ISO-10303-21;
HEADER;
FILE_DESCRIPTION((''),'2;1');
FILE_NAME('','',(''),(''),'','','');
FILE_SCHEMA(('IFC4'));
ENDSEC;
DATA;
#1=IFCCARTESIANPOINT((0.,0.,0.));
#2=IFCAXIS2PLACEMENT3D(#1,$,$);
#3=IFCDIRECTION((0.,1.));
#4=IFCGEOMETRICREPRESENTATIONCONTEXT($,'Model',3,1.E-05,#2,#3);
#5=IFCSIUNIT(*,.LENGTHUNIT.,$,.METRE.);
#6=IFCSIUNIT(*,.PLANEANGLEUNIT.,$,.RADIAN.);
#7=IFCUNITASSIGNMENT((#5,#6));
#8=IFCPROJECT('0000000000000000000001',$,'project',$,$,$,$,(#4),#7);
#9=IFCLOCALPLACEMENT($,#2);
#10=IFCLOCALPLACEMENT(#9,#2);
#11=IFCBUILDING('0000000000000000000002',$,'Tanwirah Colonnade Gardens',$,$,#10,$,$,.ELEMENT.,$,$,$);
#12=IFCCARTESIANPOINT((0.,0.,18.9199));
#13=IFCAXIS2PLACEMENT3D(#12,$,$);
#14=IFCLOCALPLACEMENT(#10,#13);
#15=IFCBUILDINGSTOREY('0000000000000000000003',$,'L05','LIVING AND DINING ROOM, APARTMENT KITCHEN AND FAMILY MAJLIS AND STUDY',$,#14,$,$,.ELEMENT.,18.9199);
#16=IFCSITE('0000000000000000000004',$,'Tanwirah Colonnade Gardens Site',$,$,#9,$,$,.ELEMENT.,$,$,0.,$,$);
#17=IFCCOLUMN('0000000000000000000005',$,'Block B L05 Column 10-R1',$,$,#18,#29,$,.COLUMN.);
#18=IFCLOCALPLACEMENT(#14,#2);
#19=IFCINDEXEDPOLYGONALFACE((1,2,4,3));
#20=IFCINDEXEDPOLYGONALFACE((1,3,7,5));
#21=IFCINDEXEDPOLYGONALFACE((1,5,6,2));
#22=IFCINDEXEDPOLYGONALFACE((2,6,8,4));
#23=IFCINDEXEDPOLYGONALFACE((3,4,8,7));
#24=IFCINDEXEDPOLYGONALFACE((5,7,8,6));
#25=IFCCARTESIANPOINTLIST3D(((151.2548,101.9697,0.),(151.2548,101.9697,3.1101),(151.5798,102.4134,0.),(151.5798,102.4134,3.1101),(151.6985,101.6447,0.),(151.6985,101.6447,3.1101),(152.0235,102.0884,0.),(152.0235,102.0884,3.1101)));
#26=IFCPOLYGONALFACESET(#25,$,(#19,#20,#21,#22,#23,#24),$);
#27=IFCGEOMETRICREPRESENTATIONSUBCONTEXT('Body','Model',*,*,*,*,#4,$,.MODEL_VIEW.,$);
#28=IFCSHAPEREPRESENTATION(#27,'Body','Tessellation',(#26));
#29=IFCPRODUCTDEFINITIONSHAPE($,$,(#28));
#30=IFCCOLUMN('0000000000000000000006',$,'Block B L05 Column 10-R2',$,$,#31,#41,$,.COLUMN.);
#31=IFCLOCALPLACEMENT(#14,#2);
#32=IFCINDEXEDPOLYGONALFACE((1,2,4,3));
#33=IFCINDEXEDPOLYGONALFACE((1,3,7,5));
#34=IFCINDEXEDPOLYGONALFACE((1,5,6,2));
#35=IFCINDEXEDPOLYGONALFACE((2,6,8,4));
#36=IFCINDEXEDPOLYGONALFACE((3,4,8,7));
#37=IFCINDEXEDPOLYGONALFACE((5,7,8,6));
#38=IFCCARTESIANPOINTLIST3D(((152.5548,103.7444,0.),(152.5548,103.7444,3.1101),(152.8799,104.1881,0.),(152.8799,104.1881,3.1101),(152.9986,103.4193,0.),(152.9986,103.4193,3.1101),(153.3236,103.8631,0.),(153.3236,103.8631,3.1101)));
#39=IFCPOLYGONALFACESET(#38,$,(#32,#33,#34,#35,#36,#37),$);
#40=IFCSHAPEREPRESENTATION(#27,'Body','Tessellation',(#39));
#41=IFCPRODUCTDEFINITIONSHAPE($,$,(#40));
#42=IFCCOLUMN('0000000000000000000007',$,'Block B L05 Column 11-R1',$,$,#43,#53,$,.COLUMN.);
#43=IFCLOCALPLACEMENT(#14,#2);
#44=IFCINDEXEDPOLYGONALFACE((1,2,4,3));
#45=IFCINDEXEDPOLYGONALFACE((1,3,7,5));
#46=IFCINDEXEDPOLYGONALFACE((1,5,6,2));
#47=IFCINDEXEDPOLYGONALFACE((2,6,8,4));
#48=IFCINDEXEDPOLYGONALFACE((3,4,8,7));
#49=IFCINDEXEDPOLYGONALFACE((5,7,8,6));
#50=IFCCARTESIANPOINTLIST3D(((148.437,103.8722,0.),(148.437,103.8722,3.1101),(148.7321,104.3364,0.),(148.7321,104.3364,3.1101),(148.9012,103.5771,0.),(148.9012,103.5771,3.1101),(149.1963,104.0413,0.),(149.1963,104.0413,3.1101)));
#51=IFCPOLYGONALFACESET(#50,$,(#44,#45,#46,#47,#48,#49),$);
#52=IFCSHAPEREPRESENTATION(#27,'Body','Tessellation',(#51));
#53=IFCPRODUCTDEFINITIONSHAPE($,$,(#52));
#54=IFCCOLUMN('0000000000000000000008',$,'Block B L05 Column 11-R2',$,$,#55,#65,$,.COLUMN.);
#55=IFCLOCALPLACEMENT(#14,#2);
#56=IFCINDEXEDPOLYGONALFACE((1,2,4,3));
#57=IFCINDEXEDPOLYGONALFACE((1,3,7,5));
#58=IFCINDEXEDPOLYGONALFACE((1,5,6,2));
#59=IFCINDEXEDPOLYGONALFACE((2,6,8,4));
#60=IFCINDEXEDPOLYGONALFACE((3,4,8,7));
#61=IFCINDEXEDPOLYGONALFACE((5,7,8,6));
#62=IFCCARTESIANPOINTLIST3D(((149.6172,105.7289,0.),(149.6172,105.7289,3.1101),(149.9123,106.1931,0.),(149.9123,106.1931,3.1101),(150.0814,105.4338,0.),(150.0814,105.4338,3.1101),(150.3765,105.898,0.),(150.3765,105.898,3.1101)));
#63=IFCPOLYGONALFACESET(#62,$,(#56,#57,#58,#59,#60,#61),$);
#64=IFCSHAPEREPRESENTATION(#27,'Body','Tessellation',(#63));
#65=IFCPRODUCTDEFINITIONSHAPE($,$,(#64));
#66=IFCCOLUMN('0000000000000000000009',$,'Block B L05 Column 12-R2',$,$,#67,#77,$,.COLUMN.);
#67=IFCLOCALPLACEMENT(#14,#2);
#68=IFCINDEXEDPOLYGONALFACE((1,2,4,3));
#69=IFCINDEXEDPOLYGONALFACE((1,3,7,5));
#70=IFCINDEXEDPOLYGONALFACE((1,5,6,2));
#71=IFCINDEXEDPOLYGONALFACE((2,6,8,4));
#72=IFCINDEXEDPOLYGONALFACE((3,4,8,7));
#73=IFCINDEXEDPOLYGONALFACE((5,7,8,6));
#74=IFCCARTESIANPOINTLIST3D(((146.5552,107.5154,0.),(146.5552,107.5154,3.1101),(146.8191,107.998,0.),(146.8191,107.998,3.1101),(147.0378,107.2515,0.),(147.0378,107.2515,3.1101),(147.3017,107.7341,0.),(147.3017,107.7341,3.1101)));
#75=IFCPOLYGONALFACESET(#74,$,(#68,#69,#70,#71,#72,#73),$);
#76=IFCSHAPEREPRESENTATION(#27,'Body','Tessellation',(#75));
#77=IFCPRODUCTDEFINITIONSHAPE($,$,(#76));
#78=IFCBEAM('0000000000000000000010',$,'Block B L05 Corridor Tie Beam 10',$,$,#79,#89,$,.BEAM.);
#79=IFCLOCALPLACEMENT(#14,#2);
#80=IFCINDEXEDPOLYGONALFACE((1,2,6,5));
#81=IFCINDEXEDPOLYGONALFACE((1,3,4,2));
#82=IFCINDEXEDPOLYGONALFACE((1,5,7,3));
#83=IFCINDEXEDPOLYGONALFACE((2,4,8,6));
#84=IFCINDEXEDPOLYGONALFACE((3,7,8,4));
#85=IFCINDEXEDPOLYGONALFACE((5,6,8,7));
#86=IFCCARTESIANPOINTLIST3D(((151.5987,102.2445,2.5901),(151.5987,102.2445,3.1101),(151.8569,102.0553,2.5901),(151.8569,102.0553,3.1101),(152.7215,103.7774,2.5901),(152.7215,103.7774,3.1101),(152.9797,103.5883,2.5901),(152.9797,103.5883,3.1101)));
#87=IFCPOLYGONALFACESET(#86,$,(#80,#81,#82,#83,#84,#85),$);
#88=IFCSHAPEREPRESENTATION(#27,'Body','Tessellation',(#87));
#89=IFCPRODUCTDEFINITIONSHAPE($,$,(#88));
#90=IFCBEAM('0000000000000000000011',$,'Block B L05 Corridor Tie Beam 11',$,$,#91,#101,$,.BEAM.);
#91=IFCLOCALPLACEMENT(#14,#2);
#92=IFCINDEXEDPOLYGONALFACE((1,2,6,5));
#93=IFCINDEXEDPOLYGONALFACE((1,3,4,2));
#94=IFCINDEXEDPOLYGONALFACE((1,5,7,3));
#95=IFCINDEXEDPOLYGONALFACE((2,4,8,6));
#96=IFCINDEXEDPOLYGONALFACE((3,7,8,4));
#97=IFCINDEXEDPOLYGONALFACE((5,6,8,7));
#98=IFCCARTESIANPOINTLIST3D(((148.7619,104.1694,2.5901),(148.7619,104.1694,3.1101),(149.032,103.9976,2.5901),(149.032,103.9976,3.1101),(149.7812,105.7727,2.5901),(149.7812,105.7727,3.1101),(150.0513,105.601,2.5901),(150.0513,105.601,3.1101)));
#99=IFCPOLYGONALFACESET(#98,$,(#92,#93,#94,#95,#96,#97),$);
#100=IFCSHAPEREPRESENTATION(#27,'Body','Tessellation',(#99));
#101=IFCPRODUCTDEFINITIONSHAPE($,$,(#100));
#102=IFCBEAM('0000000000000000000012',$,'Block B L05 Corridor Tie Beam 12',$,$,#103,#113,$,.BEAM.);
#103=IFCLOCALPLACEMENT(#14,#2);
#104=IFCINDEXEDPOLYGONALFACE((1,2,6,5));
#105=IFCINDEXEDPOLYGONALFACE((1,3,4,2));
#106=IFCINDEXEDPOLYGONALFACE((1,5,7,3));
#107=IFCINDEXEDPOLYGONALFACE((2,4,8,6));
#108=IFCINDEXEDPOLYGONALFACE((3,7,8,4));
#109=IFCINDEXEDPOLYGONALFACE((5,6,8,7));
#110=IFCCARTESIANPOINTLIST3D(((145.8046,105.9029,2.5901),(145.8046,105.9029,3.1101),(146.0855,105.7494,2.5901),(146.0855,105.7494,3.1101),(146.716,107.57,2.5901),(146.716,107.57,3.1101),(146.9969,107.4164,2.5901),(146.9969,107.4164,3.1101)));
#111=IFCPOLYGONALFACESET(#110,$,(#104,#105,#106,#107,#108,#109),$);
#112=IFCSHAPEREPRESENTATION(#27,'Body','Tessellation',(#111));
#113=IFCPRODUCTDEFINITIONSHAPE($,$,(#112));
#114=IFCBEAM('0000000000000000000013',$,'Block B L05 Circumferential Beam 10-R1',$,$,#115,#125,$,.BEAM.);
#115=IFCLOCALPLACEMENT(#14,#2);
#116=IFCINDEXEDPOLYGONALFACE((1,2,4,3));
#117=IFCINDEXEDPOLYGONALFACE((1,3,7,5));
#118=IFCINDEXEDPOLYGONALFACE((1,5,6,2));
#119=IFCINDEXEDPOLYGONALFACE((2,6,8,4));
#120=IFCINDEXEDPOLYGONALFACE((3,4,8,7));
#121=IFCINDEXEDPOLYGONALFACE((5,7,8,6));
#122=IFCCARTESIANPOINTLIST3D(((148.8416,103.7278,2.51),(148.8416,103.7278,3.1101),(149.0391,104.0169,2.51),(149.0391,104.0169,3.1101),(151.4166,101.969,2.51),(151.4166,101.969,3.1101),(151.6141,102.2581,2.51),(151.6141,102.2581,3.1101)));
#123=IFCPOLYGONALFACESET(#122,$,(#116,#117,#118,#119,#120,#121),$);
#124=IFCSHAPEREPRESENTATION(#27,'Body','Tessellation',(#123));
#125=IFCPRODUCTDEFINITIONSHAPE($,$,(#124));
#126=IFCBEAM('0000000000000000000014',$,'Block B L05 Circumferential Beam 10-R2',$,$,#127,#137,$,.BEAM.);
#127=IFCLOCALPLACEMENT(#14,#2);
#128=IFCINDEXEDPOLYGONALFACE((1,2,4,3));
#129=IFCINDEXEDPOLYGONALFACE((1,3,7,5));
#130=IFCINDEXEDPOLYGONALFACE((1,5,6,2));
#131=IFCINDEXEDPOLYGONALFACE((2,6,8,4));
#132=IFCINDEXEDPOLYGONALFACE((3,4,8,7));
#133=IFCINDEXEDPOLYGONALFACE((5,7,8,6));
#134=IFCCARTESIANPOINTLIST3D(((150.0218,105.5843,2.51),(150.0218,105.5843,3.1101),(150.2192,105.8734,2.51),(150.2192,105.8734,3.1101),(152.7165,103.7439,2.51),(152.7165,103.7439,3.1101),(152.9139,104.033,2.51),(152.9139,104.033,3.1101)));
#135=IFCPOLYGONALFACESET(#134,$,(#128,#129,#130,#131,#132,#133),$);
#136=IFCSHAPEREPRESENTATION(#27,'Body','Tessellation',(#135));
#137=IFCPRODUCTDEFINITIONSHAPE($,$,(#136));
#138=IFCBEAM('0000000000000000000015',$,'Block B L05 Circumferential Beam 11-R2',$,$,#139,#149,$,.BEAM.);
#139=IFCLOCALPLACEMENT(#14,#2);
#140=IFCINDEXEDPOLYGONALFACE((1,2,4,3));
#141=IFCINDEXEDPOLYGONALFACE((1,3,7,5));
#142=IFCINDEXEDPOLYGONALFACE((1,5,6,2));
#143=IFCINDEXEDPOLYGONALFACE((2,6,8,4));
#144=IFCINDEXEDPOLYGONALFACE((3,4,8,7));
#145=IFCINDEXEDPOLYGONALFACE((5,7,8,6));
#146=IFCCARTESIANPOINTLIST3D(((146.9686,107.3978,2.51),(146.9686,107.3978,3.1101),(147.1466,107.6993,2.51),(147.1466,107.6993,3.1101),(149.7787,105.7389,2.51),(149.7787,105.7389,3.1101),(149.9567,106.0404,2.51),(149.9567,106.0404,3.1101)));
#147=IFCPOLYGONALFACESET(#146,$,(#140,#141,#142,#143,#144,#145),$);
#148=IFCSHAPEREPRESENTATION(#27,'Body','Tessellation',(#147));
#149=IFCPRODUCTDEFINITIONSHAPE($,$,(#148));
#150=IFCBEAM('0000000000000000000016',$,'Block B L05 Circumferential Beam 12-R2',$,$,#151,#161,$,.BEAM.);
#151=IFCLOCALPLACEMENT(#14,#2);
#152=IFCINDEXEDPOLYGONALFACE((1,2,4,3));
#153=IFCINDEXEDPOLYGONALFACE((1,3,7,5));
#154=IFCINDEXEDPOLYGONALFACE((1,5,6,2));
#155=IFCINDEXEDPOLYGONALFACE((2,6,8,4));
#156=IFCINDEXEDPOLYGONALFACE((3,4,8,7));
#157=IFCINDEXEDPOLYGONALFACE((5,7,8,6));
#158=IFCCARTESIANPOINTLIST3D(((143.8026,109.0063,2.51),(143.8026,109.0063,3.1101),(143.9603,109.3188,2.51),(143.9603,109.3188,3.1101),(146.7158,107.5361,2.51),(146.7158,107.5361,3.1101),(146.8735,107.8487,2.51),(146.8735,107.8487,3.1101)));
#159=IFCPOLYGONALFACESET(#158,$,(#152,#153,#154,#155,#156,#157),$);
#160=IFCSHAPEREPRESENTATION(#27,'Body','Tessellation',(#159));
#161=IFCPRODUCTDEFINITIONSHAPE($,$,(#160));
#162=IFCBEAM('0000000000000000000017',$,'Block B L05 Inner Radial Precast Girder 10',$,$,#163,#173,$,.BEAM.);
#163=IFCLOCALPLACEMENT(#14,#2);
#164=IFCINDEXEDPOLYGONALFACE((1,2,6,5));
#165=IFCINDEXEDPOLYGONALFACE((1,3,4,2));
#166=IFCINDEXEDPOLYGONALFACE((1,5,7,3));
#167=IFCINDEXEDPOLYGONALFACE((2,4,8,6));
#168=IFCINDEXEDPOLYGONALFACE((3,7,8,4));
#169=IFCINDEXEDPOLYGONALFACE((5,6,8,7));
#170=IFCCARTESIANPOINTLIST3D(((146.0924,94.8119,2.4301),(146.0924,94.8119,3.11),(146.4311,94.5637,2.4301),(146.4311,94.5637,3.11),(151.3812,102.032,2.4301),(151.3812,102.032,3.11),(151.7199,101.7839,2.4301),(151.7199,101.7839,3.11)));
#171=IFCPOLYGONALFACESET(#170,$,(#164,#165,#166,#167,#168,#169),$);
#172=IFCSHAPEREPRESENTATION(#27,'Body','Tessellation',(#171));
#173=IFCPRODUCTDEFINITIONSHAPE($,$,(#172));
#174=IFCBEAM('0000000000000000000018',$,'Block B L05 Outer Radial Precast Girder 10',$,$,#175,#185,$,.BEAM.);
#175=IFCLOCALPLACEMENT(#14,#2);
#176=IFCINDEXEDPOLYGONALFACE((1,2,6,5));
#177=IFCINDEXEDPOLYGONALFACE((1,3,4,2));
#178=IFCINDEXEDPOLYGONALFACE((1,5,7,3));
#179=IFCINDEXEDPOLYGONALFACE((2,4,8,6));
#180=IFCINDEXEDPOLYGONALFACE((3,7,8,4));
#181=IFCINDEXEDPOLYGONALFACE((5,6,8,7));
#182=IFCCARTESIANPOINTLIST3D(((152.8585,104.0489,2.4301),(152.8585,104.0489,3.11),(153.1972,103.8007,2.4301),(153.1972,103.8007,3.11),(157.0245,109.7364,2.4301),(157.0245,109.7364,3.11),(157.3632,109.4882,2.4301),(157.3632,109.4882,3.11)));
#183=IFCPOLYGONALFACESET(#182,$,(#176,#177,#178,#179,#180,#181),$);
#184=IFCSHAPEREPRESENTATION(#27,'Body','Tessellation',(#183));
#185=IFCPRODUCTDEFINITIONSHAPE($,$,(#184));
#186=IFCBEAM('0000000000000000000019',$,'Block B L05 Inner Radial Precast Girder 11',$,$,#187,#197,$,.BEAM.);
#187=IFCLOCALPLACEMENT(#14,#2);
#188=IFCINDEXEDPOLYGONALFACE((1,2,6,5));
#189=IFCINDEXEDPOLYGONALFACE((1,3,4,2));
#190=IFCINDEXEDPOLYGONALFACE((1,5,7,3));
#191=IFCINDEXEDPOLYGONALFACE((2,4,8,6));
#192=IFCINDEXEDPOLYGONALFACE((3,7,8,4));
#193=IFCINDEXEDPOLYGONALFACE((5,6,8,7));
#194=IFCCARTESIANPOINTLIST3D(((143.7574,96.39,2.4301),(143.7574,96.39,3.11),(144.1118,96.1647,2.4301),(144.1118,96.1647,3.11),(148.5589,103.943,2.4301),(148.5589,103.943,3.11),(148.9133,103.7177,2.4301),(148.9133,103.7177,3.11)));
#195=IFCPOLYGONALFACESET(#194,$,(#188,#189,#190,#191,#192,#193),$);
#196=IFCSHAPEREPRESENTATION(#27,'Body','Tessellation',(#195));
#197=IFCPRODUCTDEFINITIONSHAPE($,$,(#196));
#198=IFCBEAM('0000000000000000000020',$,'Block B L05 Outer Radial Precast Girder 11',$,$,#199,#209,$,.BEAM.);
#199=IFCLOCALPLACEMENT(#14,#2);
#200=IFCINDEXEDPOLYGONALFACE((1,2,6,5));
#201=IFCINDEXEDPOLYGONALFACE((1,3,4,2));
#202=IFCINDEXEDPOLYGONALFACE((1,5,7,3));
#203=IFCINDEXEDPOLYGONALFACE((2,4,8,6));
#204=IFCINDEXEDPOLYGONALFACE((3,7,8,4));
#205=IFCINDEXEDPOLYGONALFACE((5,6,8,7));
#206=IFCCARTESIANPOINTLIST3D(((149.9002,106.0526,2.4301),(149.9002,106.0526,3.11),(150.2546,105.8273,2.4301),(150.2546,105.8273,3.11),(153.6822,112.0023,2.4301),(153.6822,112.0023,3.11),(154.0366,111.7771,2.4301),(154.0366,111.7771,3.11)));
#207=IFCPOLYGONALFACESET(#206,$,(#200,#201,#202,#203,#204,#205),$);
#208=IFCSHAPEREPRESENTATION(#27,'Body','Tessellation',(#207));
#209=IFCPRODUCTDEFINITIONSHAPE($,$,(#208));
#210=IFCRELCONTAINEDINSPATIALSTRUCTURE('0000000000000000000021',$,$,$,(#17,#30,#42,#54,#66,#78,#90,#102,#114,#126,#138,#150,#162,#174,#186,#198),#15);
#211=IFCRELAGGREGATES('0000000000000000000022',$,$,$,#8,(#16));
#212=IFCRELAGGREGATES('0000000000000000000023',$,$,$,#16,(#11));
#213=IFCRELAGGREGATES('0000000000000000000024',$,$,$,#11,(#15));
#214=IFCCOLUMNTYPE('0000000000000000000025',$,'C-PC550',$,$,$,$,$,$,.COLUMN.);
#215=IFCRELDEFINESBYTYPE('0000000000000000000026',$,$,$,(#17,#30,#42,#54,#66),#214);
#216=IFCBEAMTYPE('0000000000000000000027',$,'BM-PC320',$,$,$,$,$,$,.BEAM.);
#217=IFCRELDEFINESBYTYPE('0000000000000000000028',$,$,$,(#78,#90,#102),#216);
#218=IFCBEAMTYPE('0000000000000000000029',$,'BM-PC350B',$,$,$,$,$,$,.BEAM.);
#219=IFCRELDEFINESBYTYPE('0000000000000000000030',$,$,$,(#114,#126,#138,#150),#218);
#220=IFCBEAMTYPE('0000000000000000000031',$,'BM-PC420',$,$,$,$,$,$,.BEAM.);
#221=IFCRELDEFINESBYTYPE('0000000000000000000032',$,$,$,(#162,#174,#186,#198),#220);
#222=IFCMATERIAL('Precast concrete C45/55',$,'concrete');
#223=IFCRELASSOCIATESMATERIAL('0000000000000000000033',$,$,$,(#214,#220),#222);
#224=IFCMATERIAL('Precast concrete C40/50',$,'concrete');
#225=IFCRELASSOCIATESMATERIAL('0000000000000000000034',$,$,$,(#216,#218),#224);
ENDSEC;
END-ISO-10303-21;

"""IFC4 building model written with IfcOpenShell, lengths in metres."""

from ifc_helpers import new_model, si_unit, direction, frame, origin, origin_2d, place, context, subcontext, project, spatial, rectangle, extrude, material, material_profile, profile_set, type_object, element, save


model = new_model("IFC4")

# Units and contexts
model_context = context("Model", 3, precision=1e-05, world=origin(), true_north=direction((0.0, 1.0)))
body_context = subcontext(model_context, "Body", "Model", "MODEL_VIEW")
ifc_project = project(units=[si_unit("LENGTHUNIT", "METRE"), si_unit("PLANEANGLEUNIT", "RADIAN")], contexts=[model_context])

# Site, building, storey
site_placement = place(None, origin())
site = spatial("IfcSite", under=ifc_project, at=site_placement, Name="Tanwirah Colonnade Gardens Site", CompositionType="ELEMENT", RefElevation=0.0)
building_placement = place(site_placement, origin())
building = spatial("IfcBuilding", under=site, at=building_placement, Name="Tanwirah Colonnade Gardens", CompositionType="ELEMENT")
storey_placement = place(building_placement, frame((0.0, 0.0, 18.9199)))
storey = spatial("IfcBuildingStorey", under=building, at=storey_placement, Name="L05", Description="LIVING AND DINING ROOM, APARTMENT KITCHEN AND FAMILY MAJLIS AND STUDY", CompositionType="ELEMENT", Elevation=18.9199)

# Columns
ifc_material_1 = material(Name="Precast concrete C45/55", Category="concrete")
ifc_material_profile_1 = material_profile(ifc_material_1, rectangle(XDim=0.55, YDim=0.55, at=origin_2d()), Name="PC-COL 550x550")
ifc_profile_set_1 = profile_set([ifc_material_profile_1], Name="Precast concrete C45/55")
column_type = type_object("IfcColumnType", Name="C-PC550", PredefinedType="COLUMN", material=ifc_profile_set_1)
for number, where, z_axis, x_axis, name in (
    (1, (151.6392, 102.0291, 0.0), (0.0, 0.0, 1.0), (0.590919, 0.806731, 0.0), "Block B L05 Column 10-R1"),
    (2, (152.9392, 103.8037, 0.0), (0.0, 0.0, 1.0), (0.590919, 0.806731, 0.0), "Block B L05 Column 10-R2"),
    (3, (148.8167, 103.9568, 0.0), (0.0, 0.0, 1.0), (0.536482, 0.843912, 0.0), "Block B L05 Column 11-R1"),
    (4, (149.9968, 105.8135, 0.0), (0.0, 0.0, 1.0), (0.536482, 0.843912, 0.0), "Block B L05 Column 11-R2"),
    (5, (146.9285, 107.6248, 0.0), (0.0, 0.0, 1.0), (0.479713, 0.877425, 0.0), "Block B L05 Column 12-R2"),
):
    element("IfcColumn", number, at=place(storey_placement, frame(where, z_axis=z_axis, x_axis=x_axis)), inside=storey, type_object=column_type, Name=name, PredefinedType="COLUMN", context=body_context, shape_type="SweptSolid", body=[
        extrude(rectangle(XDim=0.55, YDim=0.55, at=origin_2d()), origin(), (0.0, 0.0, 1.0), 3.1101),
    ])

# Beams
ifc_material_2 = material(Name="Precast concrete C40/50", Category="concrete")
ifc_material_profile_2 = material_profile(ifc_material_2, rectangle(XDim=0.3201, YDim=0.52, at=origin_2d()), Name="PC-BM 320x520")
ifc_profile_set_2 = profile_set([ifc_material_profile_2], Name="Precast concrete C40/50")
beam_type_1 = type_object("IfcBeamType", Name="BM-PC320", PredefinedType="BEAM", material=ifc_profile_set_2)
beam_1_placement = place(storey_placement, frame((151.7278, 102.1499, 2.8501), z_axis=(0.590896, 0.806748, 0.0), x_axis=(-0.806748, 0.590896, 0.0)))
element("IfcBeam", 6, at=beam_1_placement, inside=storey, type_object=beam_type_1, Name="Block B L05 Corridor Tie Beam 10", PredefinedType="BEAM", context=body_context, shape_type="SweptSolid", body=[
    extrude(rectangle(XDim=0.3201, YDim=0.52, at=origin_2d()), origin(), (0.0, 0.0, 1.0), 1.9001),
])
for number, where, z_axis, x_axis, name in (
    (7, (148.897, 104.0835, 2.8501), (0.53651, 0.843894, 0.0), (-0.843894, 0.53651, 0.0), "Block B L05 Corridor Tie Beam 11"),
    (8, (145.9451, 105.8262, 2.8501), (0.479707, 0.877429, 0.0), (-0.877429, 0.479707, 0.0), "Block B L05 Corridor Tie Beam 12"),
):
    element("IfcBeam", number, at=place(storey_placement, frame(where, z_axis=z_axis, x_axis=x_axis)), inside=storey, type_object=beam_type_1, Name=name, PredefinedType="BEAM", context=body_context, shape_type="SweptSolid", body=[
        extrude(rectangle(XDim=0.3201, YDim=0.52, at=origin_2d()), origin(), (0.0, 0.0, 1.0), 1.8999),
    ])
ifc_material_profile_3 = material_profile(ifc_material_2, rectangle(XDim=0.3501, YDim=0.6001, at=origin_2d()), Name="PC-BM 350x600")
ifc_profile_set_3 = profile_set([ifc_material_profile_3], Name="Precast concrete C40/50")
beam_type_2 = type_object("IfcBeamType", Name="BM-PC350B", PredefinedType="BEAM", material=ifc_profile_set_3)
beam_2_placement = place(storey_placement, frame((151.5154, 102.1135, 2.8101), z_axis=(-0.825758, 0.564024, 0.0), x_axis=(-0.564024, -0.825758, 0.0)))
element("IfcBeam", 9, at=beam_2_placement, inside=storey, type_object=beam_type_2, Name="Block B L05 Circumferential Beam 10-R1", PredefinedType="BEAM", context=body_context, shape_type="SweptSolid", body=[
    extrude(rectangle(XDim=0.3501, YDim=0.6001, at=origin_2d()), origin(), (0.0, 0.0, 1.0), 3.1184),
])
for number, where, z_axis, x_axis, name in (
    (10, (152.8152, 103.8884, 2.8101), (-0.825782, 0.563989, 0.0), (-0.563989, -0.825782, 0.0), "Block B L05 Circumferential Beam 10-R2"),
    (11, (149.8677, 105.8896, 2.8101), (-0.861135, 0.508376, 0.0), (-0.508376, -0.861135, 0.0), "Block B L05 Circumferential Beam 11-R2"),
    (12, (146.7947, 107.6924, 2.8101), (-0.89276, 0.450532, 0.0), (-0.450532, -0.89276, 0.0), "Block B L05 Circumferential Beam 12-R2"),
):
    element("IfcBeam", number, at=place(storey_placement, frame(where, z_axis=z_axis, x_axis=x_axis)), inside=storey, type_object=beam_type_2, Name=name, PredefinedType="BEAM", context=body_context, shape_type="SweptSolid", body=[
        extrude(rectangle(XDim=0.3501, YDim=0.6001, at=origin_2d()), origin(), (0.0, 0.0, 1.0), 3.2632),
    ])
ifc_material_profile_4 = material_profile(ifc_material_1, rectangle(XDim=0.4199, YDim=0.6799, at=origin_2d()), Name="PC-BM 420x680")
ifc_profile_set_4 = profile_set([ifc_material_profile_4], Name="Precast concrete C45/55")
beam_type_3 = type_object("IfcBeamType", Name="BM-PC420", PredefinedType="BEAM", material=ifc_profile_set_4)
beam_3_placement = place(storey_placement, frame((151.5505, 101.908, 2.77), z_axis=(-0.590927, -0.806725, 0.0), x_axis=(0.806725, -0.590927, 0.0)))
element("IfcBeam", 13, at=beam_3_placement, inside=storey, type_object=beam_type_3, Name="Block B L05 Inner Radial Precast Girder 10", PredefinedType="BEAM", context=body_context, shape_type="SweptSolid", body=[
    extrude(rectangle(XDim=0.4199, YDim=0.6799, at=origin_2d()), origin(), (0.0, 0.0, 1.0), 8.95),
])
beam_4_placement = place(storey_placement, frame((153.0278, 103.9248, 2.77), z_axis=(0.590919, 0.806731, 0.0), x_axis=(-0.806731, 0.590919, 0.0)))
element("IfcBeam", 14, at=beam_4_placement, inside=storey, type_object=beam_type_3, Name="Block B L05 Outer Radial Precast Girder 10", PredefinedType="BEAM", context=body_context, shape_type="SweptSolid", body=[
    extrude(rectangle(XDim=0.4199, YDim=0.6799, at=origin_2d()), origin(), (0.0, 0.0, 1.0), 7.05),
])
beam_5_placement = place(storey_placement, frame((148.7361, 103.8303, 2.77), z_axis=(-0.536484, -0.843911, 0.0), x_axis=(0.843911, -0.536484, 0.0)))
element("IfcBeam", 15, at=beam_5_placement, inside=storey, type_object=beam_type_3, Name="Block B L05 Inner Radial Precast Girder 11", PredefinedType="BEAM", context=body_context, shape_type="SweptSolid", body=[
    extrude(rectangle(XDim=0.4199, YDim=0.6799, at=origin_2d()), origin(), (0.0, 0.0, 1.0), 8.95),
])
for number, where, z_axis, x_axis, name in (
    (16, (150.0774, 105.9399, 2.77), (0.536452, 0.843931, 0.0), (-0.843931, 0.536452, 0.0), "Block B L05 Outer Radial Precast Girder 11"),
):
    element("IfcBeam", number, at=place(storey_placement, frame(where, z_axis=z_axis, x_axis=x_axis)), inside=storey, type_object=beam_type_3, Name=name, PredefinedType="BEAM", context=body_context, shape_type="SweptSolid", body=[
        extrude(rectangle(XDim=0.4199, YDim=0.6799, at=origin_2d()), origin(), (0.0, 0.0, 1.0), 7.05),
    ])

save(model, "model.ifc")
